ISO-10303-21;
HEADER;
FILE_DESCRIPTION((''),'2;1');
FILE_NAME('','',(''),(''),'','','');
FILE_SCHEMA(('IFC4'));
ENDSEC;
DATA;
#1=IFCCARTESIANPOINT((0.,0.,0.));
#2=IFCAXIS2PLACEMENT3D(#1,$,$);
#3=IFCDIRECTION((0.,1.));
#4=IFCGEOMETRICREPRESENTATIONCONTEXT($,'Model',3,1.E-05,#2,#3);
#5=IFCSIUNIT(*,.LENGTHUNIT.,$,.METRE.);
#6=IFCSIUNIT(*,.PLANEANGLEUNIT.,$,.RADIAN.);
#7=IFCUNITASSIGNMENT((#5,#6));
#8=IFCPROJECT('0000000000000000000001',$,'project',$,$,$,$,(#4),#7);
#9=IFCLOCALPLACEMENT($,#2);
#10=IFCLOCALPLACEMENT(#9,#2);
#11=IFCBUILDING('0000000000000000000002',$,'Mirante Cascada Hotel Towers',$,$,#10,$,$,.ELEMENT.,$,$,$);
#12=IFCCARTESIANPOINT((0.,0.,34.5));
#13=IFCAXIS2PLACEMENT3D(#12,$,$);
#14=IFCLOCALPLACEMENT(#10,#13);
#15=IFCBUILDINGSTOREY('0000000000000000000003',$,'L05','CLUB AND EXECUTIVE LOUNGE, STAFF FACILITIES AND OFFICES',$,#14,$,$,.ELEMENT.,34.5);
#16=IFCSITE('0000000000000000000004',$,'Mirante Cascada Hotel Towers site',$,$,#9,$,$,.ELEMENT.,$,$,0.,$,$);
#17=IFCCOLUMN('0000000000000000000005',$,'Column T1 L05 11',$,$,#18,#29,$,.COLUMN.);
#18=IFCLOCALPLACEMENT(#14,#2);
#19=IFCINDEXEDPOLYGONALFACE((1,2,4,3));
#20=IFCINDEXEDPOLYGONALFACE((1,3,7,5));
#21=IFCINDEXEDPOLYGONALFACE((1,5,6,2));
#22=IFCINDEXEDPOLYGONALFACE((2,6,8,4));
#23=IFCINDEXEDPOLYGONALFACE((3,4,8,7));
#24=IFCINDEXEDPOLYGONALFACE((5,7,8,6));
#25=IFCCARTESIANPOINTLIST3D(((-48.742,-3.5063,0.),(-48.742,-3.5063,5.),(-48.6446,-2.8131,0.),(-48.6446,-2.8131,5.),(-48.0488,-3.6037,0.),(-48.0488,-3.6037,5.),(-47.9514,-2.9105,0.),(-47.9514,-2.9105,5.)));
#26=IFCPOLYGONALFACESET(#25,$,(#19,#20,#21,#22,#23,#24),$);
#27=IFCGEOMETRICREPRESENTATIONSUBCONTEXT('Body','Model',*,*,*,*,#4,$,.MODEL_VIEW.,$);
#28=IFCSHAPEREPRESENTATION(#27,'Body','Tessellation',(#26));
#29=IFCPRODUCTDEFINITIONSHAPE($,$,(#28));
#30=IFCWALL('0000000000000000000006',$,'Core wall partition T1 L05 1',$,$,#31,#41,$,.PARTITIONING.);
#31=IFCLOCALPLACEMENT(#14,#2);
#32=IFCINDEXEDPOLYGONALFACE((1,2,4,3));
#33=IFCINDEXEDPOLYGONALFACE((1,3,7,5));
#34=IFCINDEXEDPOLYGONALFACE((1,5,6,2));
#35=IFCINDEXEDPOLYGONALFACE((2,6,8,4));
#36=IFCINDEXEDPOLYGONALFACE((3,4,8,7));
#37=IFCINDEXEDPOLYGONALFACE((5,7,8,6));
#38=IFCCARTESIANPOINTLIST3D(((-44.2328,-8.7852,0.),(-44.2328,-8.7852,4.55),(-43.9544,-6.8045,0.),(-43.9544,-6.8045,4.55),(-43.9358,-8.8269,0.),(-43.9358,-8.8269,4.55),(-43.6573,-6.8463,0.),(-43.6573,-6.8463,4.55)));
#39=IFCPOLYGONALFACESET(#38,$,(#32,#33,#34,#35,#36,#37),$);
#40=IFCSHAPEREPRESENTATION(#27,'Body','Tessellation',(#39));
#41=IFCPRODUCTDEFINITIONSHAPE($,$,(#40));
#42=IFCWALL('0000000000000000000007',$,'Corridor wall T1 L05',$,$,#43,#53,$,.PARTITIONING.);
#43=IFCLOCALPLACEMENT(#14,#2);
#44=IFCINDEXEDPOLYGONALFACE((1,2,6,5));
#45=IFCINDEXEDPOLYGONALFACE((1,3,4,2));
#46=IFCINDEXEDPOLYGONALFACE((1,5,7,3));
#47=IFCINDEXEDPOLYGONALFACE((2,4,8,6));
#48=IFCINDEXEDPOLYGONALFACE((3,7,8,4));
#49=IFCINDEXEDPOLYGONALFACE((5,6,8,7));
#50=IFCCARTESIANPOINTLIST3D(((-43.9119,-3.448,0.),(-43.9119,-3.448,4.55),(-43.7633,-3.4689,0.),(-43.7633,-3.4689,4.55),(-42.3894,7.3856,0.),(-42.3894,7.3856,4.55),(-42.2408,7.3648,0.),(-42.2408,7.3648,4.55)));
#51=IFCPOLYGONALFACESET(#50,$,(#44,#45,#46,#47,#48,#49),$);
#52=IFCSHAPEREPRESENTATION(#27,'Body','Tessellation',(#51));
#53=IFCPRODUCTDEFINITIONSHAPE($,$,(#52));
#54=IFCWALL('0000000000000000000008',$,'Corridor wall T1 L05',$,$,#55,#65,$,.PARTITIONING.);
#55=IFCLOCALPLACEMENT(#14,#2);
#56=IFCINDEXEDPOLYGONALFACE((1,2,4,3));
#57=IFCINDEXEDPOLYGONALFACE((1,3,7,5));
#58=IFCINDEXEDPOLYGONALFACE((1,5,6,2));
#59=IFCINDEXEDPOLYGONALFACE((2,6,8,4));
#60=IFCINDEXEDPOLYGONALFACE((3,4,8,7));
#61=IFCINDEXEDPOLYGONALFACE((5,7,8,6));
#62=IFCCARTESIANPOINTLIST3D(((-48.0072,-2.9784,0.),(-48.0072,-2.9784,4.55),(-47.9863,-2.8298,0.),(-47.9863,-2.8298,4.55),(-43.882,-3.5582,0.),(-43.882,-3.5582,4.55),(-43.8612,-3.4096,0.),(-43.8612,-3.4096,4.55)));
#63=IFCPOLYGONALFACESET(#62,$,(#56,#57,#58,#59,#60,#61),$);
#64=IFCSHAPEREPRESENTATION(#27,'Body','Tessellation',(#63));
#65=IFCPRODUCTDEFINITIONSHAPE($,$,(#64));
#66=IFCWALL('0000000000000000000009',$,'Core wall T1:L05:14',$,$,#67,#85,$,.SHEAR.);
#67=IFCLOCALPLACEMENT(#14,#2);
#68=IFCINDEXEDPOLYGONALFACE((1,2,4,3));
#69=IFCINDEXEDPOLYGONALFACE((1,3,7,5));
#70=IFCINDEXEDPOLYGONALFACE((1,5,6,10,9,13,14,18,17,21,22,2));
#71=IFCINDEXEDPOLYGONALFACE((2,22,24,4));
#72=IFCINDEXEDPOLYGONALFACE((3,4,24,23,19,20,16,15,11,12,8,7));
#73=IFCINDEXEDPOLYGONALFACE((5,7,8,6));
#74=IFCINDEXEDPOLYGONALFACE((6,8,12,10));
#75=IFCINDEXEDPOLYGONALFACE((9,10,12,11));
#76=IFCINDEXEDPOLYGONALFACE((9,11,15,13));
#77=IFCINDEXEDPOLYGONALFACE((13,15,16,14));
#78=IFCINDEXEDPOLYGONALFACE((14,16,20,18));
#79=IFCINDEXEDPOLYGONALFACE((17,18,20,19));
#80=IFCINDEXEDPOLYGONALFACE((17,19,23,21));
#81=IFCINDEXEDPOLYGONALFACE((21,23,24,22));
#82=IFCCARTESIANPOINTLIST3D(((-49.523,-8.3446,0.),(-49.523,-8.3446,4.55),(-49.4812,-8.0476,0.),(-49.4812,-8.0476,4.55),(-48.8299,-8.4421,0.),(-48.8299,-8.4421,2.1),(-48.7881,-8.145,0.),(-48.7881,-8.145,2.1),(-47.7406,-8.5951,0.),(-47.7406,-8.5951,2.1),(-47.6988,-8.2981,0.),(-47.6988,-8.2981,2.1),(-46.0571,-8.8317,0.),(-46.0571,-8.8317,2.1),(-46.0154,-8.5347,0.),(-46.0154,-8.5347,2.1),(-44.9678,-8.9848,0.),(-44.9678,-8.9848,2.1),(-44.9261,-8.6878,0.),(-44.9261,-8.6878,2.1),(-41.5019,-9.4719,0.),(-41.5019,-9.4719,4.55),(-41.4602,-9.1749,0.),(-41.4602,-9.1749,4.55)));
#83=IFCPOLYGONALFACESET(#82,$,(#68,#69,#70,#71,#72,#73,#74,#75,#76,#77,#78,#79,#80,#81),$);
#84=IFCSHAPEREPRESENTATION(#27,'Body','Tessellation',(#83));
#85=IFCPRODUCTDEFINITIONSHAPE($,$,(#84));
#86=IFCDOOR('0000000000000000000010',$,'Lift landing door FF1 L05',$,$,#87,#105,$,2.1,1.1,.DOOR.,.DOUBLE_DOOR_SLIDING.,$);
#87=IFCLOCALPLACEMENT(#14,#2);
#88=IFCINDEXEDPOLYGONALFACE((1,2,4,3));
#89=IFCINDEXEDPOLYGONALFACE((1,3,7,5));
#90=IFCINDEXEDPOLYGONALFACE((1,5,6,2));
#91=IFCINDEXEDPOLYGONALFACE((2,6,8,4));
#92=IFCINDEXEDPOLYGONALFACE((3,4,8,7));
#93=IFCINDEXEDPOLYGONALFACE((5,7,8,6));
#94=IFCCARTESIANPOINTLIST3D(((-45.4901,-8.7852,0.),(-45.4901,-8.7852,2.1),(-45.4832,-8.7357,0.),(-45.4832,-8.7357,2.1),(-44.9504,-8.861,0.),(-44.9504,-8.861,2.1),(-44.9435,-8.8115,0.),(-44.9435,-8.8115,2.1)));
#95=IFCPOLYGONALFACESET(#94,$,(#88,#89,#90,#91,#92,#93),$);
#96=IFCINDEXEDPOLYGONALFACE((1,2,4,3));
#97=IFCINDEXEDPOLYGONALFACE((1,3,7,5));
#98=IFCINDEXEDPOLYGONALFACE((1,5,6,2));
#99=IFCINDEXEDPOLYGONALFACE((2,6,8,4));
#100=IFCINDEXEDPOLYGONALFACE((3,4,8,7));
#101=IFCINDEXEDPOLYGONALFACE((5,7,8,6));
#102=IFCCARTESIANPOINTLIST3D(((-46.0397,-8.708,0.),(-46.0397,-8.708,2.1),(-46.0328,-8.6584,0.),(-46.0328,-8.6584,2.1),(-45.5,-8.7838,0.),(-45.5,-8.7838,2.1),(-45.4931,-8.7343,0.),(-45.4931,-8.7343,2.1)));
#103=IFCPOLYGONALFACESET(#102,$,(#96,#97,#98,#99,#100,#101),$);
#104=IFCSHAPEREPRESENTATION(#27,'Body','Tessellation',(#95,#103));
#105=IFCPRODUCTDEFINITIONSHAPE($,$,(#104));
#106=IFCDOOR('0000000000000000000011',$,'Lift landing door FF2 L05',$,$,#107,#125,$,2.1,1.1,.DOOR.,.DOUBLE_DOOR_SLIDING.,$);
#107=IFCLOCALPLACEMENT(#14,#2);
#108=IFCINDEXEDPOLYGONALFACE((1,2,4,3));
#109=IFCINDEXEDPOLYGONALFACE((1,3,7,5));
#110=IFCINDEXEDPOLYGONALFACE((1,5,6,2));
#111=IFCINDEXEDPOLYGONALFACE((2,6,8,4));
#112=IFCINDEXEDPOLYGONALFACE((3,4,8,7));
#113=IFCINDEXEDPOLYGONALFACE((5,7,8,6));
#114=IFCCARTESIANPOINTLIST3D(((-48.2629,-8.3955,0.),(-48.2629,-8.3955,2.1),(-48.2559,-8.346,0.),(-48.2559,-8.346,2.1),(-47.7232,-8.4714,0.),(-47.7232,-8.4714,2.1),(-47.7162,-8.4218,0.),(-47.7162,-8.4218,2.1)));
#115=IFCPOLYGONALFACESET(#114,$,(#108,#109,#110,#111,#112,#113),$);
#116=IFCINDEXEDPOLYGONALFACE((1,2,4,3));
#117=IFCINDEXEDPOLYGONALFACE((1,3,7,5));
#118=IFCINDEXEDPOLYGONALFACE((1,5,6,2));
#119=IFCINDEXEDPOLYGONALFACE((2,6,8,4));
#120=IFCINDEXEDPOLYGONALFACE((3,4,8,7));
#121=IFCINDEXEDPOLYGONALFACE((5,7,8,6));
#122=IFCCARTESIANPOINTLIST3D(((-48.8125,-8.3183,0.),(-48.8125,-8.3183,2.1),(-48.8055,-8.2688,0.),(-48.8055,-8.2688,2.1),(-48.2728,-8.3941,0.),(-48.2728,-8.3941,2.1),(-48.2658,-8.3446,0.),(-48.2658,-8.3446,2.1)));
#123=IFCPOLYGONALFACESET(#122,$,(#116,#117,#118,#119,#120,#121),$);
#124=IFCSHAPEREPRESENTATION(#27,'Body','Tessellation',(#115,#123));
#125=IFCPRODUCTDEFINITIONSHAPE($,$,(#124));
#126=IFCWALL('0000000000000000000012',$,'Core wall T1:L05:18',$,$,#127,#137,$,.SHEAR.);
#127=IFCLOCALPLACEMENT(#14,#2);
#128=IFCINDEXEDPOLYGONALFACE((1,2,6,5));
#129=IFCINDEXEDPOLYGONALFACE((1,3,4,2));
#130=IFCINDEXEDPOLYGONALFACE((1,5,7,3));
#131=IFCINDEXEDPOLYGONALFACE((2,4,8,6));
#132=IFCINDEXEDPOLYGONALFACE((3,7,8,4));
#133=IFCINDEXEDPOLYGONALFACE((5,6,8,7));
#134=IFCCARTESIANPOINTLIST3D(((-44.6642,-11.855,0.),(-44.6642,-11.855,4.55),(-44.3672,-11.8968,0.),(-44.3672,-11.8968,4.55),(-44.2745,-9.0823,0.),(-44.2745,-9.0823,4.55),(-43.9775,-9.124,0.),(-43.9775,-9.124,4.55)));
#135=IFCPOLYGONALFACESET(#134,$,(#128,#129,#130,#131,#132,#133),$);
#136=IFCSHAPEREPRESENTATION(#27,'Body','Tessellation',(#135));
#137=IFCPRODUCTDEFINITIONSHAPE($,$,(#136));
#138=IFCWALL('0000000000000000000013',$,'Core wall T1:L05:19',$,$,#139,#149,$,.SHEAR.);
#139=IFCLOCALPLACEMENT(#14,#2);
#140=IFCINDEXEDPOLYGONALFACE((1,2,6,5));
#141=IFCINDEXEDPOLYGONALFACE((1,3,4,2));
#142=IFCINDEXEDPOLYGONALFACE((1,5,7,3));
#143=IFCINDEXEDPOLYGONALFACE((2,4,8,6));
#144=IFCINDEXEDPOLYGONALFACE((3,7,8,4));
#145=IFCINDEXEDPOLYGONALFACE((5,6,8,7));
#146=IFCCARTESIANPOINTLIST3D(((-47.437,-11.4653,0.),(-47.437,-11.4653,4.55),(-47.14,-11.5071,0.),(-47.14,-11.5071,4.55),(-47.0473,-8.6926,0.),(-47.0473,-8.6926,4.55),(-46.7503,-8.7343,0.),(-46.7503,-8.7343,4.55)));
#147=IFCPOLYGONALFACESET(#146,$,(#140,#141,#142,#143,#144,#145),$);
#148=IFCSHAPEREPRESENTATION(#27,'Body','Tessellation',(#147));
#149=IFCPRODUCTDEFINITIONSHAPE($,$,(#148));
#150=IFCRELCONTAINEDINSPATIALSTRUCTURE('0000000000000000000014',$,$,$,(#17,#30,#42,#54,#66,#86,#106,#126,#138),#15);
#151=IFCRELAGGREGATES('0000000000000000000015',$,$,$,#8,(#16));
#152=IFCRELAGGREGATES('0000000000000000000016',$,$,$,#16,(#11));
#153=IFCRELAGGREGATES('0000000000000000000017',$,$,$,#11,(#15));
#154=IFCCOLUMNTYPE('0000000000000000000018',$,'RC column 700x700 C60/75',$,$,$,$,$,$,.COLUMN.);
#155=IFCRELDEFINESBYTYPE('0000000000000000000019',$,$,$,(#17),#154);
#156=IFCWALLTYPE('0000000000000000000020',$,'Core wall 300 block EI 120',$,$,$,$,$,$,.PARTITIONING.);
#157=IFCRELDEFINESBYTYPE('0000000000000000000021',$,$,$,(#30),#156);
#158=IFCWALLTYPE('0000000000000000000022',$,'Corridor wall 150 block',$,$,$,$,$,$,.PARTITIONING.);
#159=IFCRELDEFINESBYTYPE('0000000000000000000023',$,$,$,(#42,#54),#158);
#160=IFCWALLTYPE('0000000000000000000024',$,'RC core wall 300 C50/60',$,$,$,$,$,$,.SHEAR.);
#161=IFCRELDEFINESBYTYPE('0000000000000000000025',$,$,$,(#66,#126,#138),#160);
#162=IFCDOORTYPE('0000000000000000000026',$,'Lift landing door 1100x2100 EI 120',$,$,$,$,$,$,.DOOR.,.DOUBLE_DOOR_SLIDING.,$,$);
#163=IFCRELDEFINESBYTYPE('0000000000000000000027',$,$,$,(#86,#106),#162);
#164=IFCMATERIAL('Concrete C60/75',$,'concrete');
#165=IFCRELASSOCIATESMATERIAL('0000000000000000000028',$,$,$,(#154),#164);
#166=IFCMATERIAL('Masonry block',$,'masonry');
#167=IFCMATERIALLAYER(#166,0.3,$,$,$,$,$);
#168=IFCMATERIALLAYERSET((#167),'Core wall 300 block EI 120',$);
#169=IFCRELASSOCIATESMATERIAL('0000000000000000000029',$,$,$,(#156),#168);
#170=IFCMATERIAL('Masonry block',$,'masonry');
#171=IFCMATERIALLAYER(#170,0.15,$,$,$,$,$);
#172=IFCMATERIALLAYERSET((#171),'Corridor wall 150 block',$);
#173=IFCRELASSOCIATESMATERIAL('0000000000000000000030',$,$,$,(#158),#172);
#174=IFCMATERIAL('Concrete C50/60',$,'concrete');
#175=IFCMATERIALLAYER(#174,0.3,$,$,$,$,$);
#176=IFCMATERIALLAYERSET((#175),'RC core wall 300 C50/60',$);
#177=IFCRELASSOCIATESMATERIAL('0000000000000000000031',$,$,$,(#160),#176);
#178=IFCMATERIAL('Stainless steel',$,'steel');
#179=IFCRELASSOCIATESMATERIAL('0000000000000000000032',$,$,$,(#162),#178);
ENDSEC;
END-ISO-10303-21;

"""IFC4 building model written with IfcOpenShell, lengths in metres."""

from ifc_helpers import new_model, si_unit, direction, frame, frame_2d, origin, origin_2d, place, context, subcontext, project, spatial, rectangle, extrude, material, layer, layer_set, material_profile, profile_set, type_object, element, fill, save


model = new_model("IFC4")

# Units and contexts
model_context = context("Model", 3, precision=1e-05, world=origin(), true_north=direction((0.0, 1.0)))
body_context = subcontext(model_context, "Body", "Model", "MODEL_VIEW")
ifc_project = project(units=[si_unit("LENGTHUNIT", "METRE"), si_unit("PLANEANGLEUNIT", "RADIAN")], contexts=[model_context])

# Site, building, storey
site_placement = place(None, origin())
site = spatial("IfcSite", under=ifc_project, at=site_placement, Name="Mirante Cascada Hotel Towers site", CompositionType="ELEMENT", RefElevation=0.0)
building_placement = place(site_placement, origin())
building = spatial("IfcBuilding", under=site, at=building_placement, Name="Mirante Cascada Hotel Towers", CompositionType="ELEMENT")
storey_placement = place(building_placement, frame((0.0, 0.0, 34.5)))
storey = spatial("IfcBuildingStorey", under=building, at=storey_placement, Name="L05", Description="CLUB AND EXECUTIVE LOUNGE, STAFF FACILITIES AND OFFICES", CompositionType="ELEMENT", Elevation=34.5)

# Column
ifc_material_1 = material(Name="Concrete C60/75", Category="concrete")
ifc_material_profile = material_profile(ifc_material_1, rectangle(XDim=0.7, YDim=0.7, at=origin_2d()), Name="RC column 700x700 C60/75")
ifc_profile_set = profile_set([ifc_material_profile], Name="Concrete C60/75")
column_type = type_object("IfcColumnType", Name="RC column 700x700 C60/75", PredefinedType="COLUMN", material=ifc_profile_set)
column_placement = place(storey_placement, frame((-48.3467, -3.2084, 0.0), z_axis=(0.0, 0.0, 1.0), x_axis=(-0.990268, 0.139173, 0.0)))
element("IfcColumn", 1, at=column_placement, inside=storey, type_object=column_type, Name="Column T1 L05 11", PredefinedType="COLUMN", context=body_context, shape_type="SweptSolid", body=[
    extrude(rectangle(XDim=0.7, YDim=0.7, at=origin_2d()), origin(), (0.0, 0.0, 1.0), 5.0),
])

# Walls
ifc_material_2 = material(Name="Masonry block", Category="masonry")
ifc_layer_1 = layer(ifc_material_2, 0.3)
ifc_layer_set_1 = layer_set([ifc_layer_1], Name="Core wall 300 block EI 120")
wall_type_1 = type_object("IfcWallType", Name="Core wall 300 block EI 120", PredefinedType="PARTITIONING", material=ifc_layer_set_1)
wall_1_placement = place(storey_placement, frame((-44.0843, -8.8061, 0.0), z_axis=(0.0, 0.0, 1.0), x_axis=(0.139195, 0.990265, 0.0)))
element("IfcWall", 2, at=wall_1_placement, inside=storey, type_object=wall_type_1, Name="Core wall partition T1 L05 1", PredefinedType="PARTITIONING", context=body_context, shape_type="SweptSolid", body=[
    extrude(rectangle(XDim=2.0001, YDim=0.3, at=frame_2d((1.0001, 0.0))), origin(), (0.0, 0.0, 1.0), 4.55),
])
ifc_material_3 = material(Name="Masonry block", Category="masonry")
ifc_layer_2 = layer(ifc_material_3, 0.15)
ifc_layer_set_2 = layer_set([ifc_layer_2], Name="Corridor wall 150 block")
wall_type_2 = type_object("IfcWallType", Name="Corridor wall 150 block", PredefinedType="PARTITIONING", material=ifc_layer_set_2)
wall_2_placement = place(storey_placement, frame((-43.8376, -3.4584, 0.0), z_axis=(0.0, 0.0, 1.0), x_axis=(0.139167, 0.990269, 0.0)))
element("IfcWall", 3, at=wall_2_placement, inside=storey, type_object=wall_type_2, Name="Corridor wall T1 L05", PredefinedType="PARTITIONING", context=body_context, shape_type="SweptSolid", body=[
    extrude(rectangle(XDim=10.9401, YDim=0.15, at=frame_2d((5.47, 0.0))), origin(), (0.0, 0.0, 1.0), 4.55),
])
wall_3_placement = place(storey_placement, frame((-47.9967, -2.9041, 0.0), z_axis=(0.0, 0.0, 1.0), x_axis=(0.990267, -0.139183, 0.0)))
element("IfcWall", 4, at=wall_3_placement, inside=storey, type_object=wall_type_2, Name="Corridor wall T1 L05", PredefinedType="PARTITIONING", context=body_context, shape_type="SweptSolid", body=[
    extrude(rectangle(XDim=4.1657, YDim=0.15, at=frame_2d((2.0828, 0.0))), origin(), (0.0, 0.0, 1.0), 4.55),
])

# Wall, openings, doors
ifc_material_4 = material(Name="Concrete C50/60", Category="concrete")
ifc_layer_3 = layer(ifc_material_4, 0.3)
ifc_layer_set_3 = layer_set([ifc_layer_3], Name="RC core wall 300 C50/60")
wall_type_3 = type_object("IfcWallType", Name="RC core wall 300 C50/60", PredefinedType="SHEAR", material=ifc_layer_set_3)
wall_4_placement = place(storey_placement, frame((-41.481, -9.3234, 0.0), z_axis=(0.0, 0.0, 1.0), x_axis=(-0.990268, 0.139174, 0.0)))
wall_4 = element("IfcWall", 5, at=wall_4_placement, inside=storey, type_object=wall_type_3, Name="Core wall T1:L05:14", PredefinedType="SHEAR", context=body_context, shape_type="SweptSolid", body=[
    extrude(rectangle(XDim=8.0999, YDim=0.3, at=frame_2d((4.05, 0.0))), origin(), (0.0, 0.0, 1.0), 4.55),
])
opening_1_placement = place(wall_4_placement, frame((3.5, 0.0, 0.0)))
opening_1 = element("IfcOpeningElement", 6, at=opening_1_placement, cuts=wall_4, PredefinedType="OPENING", context=body_context, shape_type="SweptSolid", body=[
    extrude(rectangle(XDim=1.1, YDim=2.1, at=frame_2d((0.55, 1.05))), frame((0.0, 0.15, 0.0), z_axis=(0.0, -1.0, 0.0), x_axis=(1.0, 0.0, 0.0)), (0.0, 0.0, 1.0), 0.3),
])
opening_2_placement = place(wall_4_placement, frame((6.3, 0.0, 0.0)))
opening_2 = element("IfcOpeningElement", 7, at=opening_2_placement, cuts=wall_4, PredefinedType="OPENING", context=body_context, shape_type="SweptSolid", body=[
    extrude(rectangle(XDim=1.1, YDim=2.1, at=frame_2d((0.55, 1.05))), frame((0.0, 0.15, 0.0), z_axis=(0.0, -1.0, 0.0), x_axis=(1.0, 0.0, 0.0)), (0.0, 0.0, 1.0), 0.3),
])
ifc_material_5 = material(Name="Stainless steel", Category="steel")
door_type = type_object("IfcDoorType", Name="Lift landing door 1100x2100 EI 120", OperationType="DOUBLE_DOOR_SLIDING", PredefinedType="DOOR", material=ifc_material_5)
door_1_placement = place(opening_1_placement, origin())
door_1 = element("IfcDoor", 8, at=door_1_placement, inside=storey, type_object=door_type, Name="Lift landing door FF1 L05", OperationType="DOUBLE_DOOR_SLIDING", OverallHeight=2.1, OverallWidth=1.1, PredefinedType="DOOR", context=body_context, shape_type="SweptSolid", body=[
    extrude(rectangle(XDim=0.545, YDim=2.1, at=frame_2d((0.2725, 1.05))), frame((0.0, 0.025, 0.0), z_axis=(0.0, -1.0, 0.0), x_axis=(1.0, 0.0, 0.0)), (0.0, 0.0, 1.0), 0.05),
    extrude(rectangle(XDim=0.545, YDim=2.1, at=frame_2d((0.8275, 1.05))), frame((0.0, 0.025, 0.0), z_axis=(0.0, -1.0, 0.0), x_axis=(1.0, 0.0, 0.0)), (0.0, 0.0, 1.0), 0.05),
])
fill(opening_1, door_1)
door_2_placement = place(opening_2_placement, origin())
door_2 = element("IfcDoor", 9, at=door_2_placement, inside=storey, type_object=door_type, Name="Lift landing door FF2 L05", OperationType="DOUBLE_DOOR_SLIDING", OverallHeight=2.1, OverallWidth=1.1, PredefinedType="DOOR", context=body_context, shape_type="SweptSolid", body=[
    extrude(rectangle(XDim=0.545, YDim=2.1, at=frame_2d((0.2725, 1.05))), frame((0.0, 0.025, 0.0), z_axis=(0.0, -1.0, 0.0), x_axis=(1.0, 0.0, 0.0)), (0.0, 0.0, 1.0), 0.05),
    extrude(rectangle(XDim=0.545, YDim=2.1, at=frame_2d((0.8275, 1.05))), frame((0.0, 0.025, 0.0), z_axis=(0.0, -1.0, 0.0), x_axis=(1.0, 0.0, 0.0)), (0.0, 0.0, 1.0), 0.05),
])
fill(opening_2, door_2)

# Walls
for number, where, z_axis, x_axis, name in (
    (10, (-44.5157, -11.8759, 0.0), (0.0, 0.0, 1.0), (0.139181, 0.990267, 0.0), "Core wall T1:L05:18"),
    (11, (-47.2885, -11.4862, 0.0), (0.0, 0.0, 1.0), (0.139181, 0.990267, 0.0), "Core wall T1:L05:19"),
):
    element("IfcWall", number, at=place(storey_placement, frame(where, z_axis=z_axis, x_axis=x_axis)), inside=storey, type_object=wall_type_3, Name=name, PredefinedType="SHEAR", context=body_context, shape_type="SweptSolid", body=[
        extrude(rectangle(XDim=2.8, YDim=0.3, at=frame_2d((1.4, 0.0))), origin(), (0.0, 0.0, 1.0), 4.55),
    ])

save(model, "model.ifc")
